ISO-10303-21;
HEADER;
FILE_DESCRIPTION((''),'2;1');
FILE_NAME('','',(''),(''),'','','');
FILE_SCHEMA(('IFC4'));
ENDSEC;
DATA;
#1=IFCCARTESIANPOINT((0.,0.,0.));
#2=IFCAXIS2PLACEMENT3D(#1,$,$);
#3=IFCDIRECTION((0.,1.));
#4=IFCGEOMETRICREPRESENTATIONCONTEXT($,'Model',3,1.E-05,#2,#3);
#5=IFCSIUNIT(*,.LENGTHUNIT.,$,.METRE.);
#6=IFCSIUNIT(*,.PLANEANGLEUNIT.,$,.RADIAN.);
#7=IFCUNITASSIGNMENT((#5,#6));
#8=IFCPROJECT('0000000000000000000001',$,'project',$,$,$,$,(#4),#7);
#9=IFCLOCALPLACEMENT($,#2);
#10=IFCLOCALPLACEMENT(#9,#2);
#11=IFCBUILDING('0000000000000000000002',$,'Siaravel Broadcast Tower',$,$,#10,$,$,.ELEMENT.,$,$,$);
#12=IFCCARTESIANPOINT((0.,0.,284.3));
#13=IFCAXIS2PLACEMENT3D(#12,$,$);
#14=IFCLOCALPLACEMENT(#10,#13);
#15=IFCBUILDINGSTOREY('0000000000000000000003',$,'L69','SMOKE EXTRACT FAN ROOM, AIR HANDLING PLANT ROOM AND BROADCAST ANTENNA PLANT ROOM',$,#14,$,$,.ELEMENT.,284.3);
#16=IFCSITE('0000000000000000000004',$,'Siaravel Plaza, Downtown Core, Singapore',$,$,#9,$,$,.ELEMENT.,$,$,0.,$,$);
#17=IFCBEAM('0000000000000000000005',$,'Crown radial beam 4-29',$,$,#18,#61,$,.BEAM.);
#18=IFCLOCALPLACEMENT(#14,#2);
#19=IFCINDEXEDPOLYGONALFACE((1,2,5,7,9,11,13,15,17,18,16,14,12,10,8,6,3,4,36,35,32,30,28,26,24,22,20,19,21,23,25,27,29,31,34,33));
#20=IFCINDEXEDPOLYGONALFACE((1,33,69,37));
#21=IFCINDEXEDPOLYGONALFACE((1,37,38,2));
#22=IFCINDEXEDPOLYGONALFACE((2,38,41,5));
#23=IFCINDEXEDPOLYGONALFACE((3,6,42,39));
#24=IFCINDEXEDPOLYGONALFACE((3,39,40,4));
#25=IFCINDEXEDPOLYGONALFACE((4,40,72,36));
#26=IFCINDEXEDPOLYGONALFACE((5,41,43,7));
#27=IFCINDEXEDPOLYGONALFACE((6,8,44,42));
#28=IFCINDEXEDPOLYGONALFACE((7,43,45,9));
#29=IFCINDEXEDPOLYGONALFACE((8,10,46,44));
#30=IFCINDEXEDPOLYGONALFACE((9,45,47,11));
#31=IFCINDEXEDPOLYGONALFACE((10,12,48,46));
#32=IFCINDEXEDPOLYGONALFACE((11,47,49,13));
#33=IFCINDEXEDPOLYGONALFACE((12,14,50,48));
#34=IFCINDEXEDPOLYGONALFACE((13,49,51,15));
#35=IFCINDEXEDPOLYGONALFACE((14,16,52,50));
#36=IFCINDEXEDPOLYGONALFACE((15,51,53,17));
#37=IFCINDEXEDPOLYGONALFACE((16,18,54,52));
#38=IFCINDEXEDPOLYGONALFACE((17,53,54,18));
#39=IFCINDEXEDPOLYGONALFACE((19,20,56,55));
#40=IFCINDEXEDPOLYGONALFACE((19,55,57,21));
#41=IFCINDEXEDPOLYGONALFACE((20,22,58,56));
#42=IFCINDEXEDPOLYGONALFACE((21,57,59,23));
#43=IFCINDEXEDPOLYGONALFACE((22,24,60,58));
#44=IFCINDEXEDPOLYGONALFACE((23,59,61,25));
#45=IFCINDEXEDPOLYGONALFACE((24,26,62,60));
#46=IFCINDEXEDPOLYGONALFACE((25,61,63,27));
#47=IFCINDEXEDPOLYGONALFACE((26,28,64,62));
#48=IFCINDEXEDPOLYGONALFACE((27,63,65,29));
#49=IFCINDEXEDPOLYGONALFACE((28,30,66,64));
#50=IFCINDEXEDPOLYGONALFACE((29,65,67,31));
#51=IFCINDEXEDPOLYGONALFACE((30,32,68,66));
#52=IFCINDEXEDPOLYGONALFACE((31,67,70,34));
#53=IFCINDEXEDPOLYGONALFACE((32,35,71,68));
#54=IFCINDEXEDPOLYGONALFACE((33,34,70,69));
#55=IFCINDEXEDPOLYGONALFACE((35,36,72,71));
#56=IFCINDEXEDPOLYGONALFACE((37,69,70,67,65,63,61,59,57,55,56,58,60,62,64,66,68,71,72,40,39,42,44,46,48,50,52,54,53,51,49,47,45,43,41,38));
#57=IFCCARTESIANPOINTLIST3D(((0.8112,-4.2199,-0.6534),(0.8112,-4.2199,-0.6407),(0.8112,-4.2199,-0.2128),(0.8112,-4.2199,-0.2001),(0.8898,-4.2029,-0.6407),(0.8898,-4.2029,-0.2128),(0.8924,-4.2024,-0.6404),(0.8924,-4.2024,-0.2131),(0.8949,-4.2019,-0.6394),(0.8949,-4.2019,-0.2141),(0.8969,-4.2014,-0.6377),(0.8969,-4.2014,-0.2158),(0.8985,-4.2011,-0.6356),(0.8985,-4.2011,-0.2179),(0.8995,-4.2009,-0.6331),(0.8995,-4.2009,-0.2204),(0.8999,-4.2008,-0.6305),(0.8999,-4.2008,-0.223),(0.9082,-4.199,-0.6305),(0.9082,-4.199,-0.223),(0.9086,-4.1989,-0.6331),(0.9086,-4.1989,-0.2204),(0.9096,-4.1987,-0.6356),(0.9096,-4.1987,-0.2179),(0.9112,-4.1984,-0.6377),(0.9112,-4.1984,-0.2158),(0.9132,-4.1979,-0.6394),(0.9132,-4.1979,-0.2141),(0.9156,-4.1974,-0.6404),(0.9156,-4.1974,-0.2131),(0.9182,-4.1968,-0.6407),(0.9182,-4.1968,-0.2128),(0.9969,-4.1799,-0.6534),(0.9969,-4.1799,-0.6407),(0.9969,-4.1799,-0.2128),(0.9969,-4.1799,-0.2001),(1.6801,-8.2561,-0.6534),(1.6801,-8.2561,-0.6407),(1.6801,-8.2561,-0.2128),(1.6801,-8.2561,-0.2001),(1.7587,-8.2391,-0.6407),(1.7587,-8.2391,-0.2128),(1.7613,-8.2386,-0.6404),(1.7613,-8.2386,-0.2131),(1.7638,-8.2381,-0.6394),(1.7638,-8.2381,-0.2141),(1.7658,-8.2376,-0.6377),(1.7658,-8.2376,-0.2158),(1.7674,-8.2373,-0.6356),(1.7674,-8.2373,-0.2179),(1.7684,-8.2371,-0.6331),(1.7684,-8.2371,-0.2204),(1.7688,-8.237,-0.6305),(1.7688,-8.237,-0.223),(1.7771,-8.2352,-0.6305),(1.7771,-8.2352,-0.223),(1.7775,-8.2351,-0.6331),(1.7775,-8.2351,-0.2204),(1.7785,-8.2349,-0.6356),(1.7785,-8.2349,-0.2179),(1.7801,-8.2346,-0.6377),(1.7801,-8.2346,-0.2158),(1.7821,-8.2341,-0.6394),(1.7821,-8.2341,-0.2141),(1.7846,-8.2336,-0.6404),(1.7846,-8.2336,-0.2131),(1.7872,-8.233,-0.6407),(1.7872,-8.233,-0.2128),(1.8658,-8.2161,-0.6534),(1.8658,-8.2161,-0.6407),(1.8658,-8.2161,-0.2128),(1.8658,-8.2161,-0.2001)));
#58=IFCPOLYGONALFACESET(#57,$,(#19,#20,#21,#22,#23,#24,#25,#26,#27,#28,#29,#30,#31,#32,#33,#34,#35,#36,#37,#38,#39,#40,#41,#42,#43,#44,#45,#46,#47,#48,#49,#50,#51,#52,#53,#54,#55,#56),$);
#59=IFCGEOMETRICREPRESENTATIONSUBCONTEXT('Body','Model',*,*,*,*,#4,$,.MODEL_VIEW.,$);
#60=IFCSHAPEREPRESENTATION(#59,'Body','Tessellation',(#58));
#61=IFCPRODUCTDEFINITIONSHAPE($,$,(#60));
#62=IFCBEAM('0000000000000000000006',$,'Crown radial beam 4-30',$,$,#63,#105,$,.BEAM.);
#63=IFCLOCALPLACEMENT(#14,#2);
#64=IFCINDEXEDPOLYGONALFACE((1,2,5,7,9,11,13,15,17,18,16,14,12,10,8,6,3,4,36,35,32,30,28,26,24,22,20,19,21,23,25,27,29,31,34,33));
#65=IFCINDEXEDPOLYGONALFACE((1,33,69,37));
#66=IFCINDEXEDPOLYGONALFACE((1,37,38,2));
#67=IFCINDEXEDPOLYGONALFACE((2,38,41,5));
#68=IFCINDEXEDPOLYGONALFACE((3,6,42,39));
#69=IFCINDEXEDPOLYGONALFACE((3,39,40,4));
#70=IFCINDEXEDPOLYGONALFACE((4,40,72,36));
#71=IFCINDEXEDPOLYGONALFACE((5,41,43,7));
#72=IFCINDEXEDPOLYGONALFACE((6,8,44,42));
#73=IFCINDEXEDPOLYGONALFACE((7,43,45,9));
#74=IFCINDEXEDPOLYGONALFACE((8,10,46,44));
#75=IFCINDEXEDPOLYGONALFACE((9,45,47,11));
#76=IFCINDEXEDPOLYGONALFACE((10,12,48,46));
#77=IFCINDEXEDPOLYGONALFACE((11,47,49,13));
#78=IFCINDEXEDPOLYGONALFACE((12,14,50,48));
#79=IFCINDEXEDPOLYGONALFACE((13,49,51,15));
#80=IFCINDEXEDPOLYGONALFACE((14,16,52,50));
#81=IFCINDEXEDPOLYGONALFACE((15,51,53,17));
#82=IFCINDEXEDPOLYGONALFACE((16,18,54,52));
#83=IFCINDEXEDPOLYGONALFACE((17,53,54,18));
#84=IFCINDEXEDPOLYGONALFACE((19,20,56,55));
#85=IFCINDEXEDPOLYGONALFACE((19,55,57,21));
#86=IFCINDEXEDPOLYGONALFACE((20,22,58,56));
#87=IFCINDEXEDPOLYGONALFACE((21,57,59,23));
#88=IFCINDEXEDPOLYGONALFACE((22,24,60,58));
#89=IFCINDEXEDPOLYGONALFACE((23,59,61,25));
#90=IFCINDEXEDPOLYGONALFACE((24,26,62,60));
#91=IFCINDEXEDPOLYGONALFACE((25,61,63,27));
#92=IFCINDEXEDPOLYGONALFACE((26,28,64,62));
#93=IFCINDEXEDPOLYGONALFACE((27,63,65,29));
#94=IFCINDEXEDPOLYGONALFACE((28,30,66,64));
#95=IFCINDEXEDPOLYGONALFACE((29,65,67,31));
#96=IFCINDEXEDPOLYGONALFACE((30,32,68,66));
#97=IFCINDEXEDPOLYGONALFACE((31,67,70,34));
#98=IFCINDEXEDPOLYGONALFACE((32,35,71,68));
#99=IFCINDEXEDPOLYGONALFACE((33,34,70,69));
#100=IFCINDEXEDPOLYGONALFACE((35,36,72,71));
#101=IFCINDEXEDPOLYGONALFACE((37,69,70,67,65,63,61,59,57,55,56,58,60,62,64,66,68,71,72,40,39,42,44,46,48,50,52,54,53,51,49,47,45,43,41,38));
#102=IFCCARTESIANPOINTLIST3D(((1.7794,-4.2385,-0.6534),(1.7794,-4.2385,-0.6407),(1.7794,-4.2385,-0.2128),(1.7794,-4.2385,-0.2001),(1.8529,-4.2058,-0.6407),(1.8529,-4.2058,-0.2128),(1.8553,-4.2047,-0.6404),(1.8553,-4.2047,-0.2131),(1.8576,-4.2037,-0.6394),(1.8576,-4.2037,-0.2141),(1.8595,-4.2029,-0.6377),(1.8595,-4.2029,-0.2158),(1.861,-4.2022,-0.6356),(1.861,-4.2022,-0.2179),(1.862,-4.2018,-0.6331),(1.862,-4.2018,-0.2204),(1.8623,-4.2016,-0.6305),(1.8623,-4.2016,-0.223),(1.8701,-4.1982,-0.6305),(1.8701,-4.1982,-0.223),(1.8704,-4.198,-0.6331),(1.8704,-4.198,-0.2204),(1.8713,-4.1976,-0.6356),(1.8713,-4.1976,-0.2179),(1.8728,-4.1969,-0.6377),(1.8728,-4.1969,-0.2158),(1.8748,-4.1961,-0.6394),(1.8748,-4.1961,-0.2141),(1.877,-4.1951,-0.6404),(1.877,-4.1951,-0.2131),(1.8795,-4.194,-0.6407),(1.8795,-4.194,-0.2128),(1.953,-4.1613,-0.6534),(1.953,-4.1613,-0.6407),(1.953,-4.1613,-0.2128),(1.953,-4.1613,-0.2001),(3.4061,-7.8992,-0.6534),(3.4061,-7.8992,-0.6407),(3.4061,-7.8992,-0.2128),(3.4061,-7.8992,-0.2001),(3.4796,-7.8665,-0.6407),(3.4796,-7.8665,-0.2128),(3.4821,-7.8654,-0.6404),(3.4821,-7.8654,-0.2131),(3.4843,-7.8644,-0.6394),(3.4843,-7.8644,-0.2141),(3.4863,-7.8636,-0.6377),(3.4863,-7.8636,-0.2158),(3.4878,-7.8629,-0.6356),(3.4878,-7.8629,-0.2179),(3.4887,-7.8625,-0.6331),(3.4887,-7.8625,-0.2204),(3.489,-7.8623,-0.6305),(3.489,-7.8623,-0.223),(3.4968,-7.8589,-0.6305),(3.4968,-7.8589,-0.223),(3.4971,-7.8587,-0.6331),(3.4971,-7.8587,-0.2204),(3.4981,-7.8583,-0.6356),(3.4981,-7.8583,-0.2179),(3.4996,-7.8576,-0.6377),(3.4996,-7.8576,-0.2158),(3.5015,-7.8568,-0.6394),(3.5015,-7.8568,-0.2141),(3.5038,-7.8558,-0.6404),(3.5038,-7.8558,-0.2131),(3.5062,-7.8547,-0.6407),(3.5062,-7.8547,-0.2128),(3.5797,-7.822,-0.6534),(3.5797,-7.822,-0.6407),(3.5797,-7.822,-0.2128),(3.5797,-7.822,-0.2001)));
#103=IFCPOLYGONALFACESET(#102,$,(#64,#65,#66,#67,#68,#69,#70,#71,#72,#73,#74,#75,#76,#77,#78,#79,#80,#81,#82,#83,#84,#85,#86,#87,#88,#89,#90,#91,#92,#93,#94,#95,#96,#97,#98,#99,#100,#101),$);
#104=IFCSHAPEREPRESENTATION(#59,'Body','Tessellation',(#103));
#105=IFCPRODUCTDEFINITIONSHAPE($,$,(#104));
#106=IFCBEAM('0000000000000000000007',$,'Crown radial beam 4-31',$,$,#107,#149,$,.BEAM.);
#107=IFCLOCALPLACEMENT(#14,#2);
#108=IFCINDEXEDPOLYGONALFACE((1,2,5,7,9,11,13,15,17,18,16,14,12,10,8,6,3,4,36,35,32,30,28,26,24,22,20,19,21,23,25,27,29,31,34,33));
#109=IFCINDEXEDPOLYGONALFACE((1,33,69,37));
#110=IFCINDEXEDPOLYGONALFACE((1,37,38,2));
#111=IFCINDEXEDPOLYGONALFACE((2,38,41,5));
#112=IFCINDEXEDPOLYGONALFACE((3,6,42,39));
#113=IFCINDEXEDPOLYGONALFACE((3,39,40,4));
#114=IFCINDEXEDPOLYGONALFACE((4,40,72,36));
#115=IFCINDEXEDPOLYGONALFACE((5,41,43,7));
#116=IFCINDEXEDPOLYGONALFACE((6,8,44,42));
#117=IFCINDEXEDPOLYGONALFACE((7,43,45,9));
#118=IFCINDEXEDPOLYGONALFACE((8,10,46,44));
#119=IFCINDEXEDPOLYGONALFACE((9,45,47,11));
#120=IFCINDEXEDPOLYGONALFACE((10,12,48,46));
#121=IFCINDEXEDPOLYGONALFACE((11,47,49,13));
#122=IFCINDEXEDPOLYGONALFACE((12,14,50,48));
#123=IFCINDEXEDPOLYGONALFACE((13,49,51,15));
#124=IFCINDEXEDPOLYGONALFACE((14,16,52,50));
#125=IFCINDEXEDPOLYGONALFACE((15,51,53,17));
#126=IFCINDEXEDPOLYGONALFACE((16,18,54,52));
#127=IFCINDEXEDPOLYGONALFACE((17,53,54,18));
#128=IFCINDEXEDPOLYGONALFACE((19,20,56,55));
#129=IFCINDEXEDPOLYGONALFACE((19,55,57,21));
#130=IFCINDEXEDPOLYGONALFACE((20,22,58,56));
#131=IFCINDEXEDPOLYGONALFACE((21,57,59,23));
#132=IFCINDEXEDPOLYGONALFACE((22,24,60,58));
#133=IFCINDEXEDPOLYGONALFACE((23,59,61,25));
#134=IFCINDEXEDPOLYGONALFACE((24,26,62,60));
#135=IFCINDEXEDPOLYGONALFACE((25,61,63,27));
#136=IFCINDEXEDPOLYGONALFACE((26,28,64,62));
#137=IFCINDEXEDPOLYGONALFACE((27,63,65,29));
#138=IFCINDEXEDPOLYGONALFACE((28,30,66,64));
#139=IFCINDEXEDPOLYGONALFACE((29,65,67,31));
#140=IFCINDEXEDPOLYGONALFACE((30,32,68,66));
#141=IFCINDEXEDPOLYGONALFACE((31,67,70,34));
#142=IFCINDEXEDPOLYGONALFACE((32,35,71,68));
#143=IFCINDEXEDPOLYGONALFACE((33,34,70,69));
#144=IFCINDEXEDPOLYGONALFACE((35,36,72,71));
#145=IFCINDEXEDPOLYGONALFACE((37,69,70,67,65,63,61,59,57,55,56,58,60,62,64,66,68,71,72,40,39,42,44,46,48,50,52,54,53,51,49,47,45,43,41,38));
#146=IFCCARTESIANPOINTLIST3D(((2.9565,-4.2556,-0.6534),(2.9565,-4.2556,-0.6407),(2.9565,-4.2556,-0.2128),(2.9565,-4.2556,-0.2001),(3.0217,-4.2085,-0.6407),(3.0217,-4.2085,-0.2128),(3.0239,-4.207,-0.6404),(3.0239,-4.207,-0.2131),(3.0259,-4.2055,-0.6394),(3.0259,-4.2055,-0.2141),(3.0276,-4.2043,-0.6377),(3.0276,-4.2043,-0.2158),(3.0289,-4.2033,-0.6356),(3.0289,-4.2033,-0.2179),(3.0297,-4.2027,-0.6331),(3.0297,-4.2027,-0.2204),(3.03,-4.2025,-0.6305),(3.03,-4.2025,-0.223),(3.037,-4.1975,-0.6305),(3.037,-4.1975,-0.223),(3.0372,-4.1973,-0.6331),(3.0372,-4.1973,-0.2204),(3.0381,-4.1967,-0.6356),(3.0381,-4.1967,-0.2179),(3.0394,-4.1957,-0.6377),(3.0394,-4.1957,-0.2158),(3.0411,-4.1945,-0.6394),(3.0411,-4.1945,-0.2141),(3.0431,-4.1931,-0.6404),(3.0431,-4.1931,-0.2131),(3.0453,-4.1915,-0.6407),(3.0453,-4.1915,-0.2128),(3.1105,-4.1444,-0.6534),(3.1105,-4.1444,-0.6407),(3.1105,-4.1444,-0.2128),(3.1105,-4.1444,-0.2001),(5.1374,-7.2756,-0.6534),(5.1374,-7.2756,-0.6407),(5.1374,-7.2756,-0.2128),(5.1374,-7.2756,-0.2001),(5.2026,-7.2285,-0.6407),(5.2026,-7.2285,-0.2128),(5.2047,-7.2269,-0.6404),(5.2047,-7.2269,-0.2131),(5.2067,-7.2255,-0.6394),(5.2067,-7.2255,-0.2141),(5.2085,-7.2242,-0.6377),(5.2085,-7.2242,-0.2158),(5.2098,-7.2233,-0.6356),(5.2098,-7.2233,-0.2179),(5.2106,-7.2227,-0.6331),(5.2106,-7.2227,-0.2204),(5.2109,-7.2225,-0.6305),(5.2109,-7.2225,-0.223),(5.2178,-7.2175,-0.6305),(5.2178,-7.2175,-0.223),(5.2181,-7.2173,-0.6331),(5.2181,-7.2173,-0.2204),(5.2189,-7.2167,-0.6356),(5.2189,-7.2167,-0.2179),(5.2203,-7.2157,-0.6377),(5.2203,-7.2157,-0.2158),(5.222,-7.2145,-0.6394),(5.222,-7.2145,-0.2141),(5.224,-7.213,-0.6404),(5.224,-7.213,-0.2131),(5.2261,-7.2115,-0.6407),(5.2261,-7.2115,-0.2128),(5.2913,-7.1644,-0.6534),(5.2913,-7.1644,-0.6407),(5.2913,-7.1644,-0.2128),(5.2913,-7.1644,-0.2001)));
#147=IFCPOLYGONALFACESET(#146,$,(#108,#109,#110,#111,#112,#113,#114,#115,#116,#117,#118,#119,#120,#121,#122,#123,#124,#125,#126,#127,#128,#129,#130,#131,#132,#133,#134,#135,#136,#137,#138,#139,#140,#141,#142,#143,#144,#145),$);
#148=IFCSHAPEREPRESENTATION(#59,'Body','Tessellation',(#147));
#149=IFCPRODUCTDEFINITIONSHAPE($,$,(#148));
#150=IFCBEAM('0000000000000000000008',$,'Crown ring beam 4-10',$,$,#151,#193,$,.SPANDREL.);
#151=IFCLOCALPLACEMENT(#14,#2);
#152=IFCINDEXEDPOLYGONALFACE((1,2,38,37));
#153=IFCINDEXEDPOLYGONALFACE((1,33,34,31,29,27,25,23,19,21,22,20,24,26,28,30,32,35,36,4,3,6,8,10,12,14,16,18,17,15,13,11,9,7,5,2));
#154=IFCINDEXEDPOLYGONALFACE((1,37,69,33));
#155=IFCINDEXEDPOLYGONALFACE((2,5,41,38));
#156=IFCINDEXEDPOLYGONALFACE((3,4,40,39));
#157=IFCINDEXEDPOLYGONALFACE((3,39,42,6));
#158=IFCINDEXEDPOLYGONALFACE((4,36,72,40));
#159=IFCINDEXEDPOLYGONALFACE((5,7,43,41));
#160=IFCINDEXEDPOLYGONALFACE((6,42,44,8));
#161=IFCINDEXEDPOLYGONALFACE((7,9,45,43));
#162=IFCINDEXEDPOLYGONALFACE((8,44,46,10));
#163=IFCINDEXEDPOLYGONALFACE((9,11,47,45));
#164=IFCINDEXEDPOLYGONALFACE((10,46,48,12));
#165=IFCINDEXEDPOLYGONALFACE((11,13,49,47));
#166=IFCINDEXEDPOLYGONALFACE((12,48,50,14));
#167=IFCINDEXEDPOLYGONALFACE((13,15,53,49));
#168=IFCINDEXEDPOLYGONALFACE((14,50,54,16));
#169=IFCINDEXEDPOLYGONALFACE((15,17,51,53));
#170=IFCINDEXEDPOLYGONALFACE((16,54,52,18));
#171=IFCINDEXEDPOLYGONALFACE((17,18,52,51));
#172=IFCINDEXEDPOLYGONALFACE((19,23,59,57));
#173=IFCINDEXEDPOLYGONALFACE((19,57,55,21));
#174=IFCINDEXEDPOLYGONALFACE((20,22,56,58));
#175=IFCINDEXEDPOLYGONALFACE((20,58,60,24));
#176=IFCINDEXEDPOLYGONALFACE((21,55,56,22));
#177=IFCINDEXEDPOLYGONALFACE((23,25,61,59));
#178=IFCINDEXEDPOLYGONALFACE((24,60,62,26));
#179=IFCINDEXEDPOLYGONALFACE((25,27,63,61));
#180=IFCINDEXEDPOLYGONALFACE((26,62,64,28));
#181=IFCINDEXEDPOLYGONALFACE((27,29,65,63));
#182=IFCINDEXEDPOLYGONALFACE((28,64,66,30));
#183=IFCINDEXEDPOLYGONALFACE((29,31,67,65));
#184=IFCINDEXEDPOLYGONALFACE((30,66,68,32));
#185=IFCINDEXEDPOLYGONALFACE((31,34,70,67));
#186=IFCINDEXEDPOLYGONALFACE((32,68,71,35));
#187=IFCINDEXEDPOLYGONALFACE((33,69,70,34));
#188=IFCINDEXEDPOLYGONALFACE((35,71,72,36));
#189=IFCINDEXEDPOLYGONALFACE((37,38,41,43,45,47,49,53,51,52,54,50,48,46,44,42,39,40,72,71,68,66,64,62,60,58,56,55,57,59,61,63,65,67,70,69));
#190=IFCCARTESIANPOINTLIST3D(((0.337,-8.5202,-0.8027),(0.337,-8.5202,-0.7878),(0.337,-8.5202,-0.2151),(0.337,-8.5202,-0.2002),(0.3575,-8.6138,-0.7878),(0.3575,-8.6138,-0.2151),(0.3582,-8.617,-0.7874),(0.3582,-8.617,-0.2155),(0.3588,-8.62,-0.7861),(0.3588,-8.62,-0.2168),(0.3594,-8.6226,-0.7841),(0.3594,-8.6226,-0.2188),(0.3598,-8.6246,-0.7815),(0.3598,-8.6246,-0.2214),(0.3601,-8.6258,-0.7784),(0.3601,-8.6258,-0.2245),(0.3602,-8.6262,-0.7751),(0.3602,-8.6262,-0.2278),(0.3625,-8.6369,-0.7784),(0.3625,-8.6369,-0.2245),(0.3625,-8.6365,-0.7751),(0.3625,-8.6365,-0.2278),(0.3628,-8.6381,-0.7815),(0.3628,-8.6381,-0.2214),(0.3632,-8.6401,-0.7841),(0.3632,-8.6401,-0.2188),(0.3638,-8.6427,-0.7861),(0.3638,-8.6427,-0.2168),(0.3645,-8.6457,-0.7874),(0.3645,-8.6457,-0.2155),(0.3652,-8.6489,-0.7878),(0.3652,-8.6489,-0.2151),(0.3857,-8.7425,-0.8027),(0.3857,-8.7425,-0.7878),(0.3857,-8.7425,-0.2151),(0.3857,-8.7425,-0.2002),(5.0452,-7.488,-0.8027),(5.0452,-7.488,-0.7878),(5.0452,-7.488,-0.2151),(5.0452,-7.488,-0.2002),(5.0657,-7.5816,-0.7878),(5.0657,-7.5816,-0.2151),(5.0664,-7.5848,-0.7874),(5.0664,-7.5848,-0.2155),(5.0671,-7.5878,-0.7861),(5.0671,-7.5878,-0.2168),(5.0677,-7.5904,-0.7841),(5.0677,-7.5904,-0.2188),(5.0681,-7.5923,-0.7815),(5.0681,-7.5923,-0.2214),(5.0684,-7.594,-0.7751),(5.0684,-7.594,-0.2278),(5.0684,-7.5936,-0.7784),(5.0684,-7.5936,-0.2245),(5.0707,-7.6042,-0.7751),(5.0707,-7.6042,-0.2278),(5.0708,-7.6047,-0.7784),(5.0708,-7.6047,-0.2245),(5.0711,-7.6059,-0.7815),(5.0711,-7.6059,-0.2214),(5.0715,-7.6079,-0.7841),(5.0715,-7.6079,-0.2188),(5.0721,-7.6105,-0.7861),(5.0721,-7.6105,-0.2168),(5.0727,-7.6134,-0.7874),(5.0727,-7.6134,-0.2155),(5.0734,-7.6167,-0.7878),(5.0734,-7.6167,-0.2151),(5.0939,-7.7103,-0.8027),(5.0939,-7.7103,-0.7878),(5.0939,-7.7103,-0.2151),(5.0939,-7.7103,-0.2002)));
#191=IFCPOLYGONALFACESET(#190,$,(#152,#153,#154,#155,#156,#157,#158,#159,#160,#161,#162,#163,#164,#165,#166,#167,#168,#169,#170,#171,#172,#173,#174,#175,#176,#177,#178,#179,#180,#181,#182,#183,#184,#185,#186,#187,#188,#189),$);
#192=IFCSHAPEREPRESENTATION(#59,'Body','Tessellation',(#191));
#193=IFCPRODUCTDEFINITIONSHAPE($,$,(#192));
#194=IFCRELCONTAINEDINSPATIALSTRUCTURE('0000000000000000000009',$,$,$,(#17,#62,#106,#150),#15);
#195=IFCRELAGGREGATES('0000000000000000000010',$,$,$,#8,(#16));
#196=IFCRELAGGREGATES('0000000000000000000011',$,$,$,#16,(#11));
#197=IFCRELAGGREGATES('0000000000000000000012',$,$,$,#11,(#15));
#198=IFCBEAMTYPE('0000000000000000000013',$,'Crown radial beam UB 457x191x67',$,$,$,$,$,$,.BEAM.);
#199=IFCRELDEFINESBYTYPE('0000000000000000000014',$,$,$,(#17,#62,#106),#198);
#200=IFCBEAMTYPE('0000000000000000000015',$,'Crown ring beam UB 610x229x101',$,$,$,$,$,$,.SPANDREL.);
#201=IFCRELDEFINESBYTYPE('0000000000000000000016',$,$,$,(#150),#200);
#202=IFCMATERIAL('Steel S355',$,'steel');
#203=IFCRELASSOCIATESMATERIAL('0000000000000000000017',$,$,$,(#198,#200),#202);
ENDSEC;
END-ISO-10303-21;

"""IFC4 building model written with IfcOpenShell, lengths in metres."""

from ifc_helpers import new_model, si_unit, direction, frame, origin, origin_2d, place, context, subcontext, project, spatial, i_section, extrude, material, material_profile, profile_set, type_object, element, save


model = new_model("IFC4")

# Units and contexts
model_context = context("Model", 3, precision=1e-05, world=origin(), true_north=direction((0.0, 1.0)))
body_context = subcontext(model_context, "Body", "Model", "MODEL_VIEW")
ifc_project = project(units=[si_unit("LENGTHUNIT", "METRE"), si_unit("PLANEANGLEUNIT", "RADIAN")], contexts=[model_context])

# Site, building, storey
site_placement = place(None, origin())
site = spatial("IfcSite", under=ifc_project, at=site_placement, Name="Siaravel Plaza, Downtown Core, Singapore", CompositionType="ELEMENT", RefElevation=0.0)
building_placement = place(site_placement, origin())
building = spatial("IfcBuilding", under=site, at=building_placement, Name="Siaravel Broadcast Tower", CompositionType="ELEMENT")
storey_placement = place(building_placement, frame((0.0, 0.0, 284.3)))
storey = spatial("IfcBuildingStorey", under=building, at=storey_placement, Name="L69", Description="SMOKE EXTRACT FAN ROOM, AIR HANDLING PLANT ROOM AND BROADCAST ANTENNA PLANT ROOM", CompositionType="ELEMENT", Elevation=284.3)

# Beams
ifc_material_1 = material(Name="Steel S355", Category="steel")
ifc_material_profile_1 = material_profile(ifc_material_1, i_section(OverallWidth=0.1899, OverallDepth=0.4534, WebThickness=0.0085, FlangeThickness=0.0127, FilletRadius=0.0103, at=origin_2d()))
ifc_profile_set_1 = profile_set([ifc_material_profile_1], Name="Steel S355")
beam_type_1 = type_object("IfcBeamType", Name="Crown radial beam UB 457x191x67", PredefinedType="BEAM", material=ifc_profile_set_1)
beam_1_placement = place(storey_placement, frame((1.7729, -8.2361, -0.4268), z_axis=(-0.210458, 0.977603, 0.0), x_axis=(-0.977603, -0.210458, 0.0)))
element("IfcBeam", 1, at=beam_1_placement, inside=storey, type_object=beam_type_1, Name="Crown radial beam 4-29", PredefinedType="BEAM", context=body_context, shape_type="SweptSolid", body=[
    extrude(i_section(OverallWidth=0.1899, OverallDepth=0.4534, WebThickness=0.0085, FlangeThickness=0.0127, FilletRadius=0.0103, at=origin_2d()), origin(), (0.0, 0.0, 1.0), 4.1287),
])
beam_2_placement = place(storey_placement, frame((3.4929, -7.8606, -0.4268), z_axis=(-0.406088, 0.913834, 0.0), x_axis=(-0.913834, -0.406088, 0.0)))
element("IfcBeam", 2, at=beam_2_placement, inside=storey, type_object=beam_type_1, Name="Crown radial beam 4-30", PredefinedType="BEAM", context=body_context, shape_type="SweptSolid", body=[
    extrude(i_section(OverallWidth=0.1899, OverallDepth=0.4534, WebThickness=0.0085, FlangeThickness=0.0127, FilletRadius=0.0103, at=origin_2d()), origin(), (0.0, 0.0, 1.0), 4.0059),
])
beam_3_placement = place(storey_placement, frame((5.2144, -7.22, -0.4268), z_axis=(-0.585452, 0.810707, 0.0), x_axis=(-0.810707, -0.585452, 0.0)))
element("IfcBeam", 3, at=beam_3_placement, inside=storey, type_object=beam_type_1, Name="Crown radial beam 4-31", PredefinedType="BEAM", context=body_context, shape_type="SweptSolid", body=[
    extrude(i_section(OverallWidth=0.1899, OverallDepth=0.4534, WebThickness=0.0085, FlangeThickness=0.0127, FilletRadius=0.0103, at=origin_2d()), origin(), (0.0, 0.0, 1.0), 3.7251),
])
ifc_material_profile_2 = material_profile(ifc_material_1, i_section(OverallWidth=0.2275, OverallDepth=0.6025, WebThickness=0.0105, FlangeThickness=0.0149, FilletRadius=0.0127, at=origin_2d()))
ifc_profile_set_2 = profile_set([ifc_material_profile_2], Name="Steel S355")
beam_type_2 = type_object("IfcBeamType", Name="Crown ring beam UB 610x229x101", PredefinedType="SPANDREL", material=ifc_profile_set_2)
beam_4_placement = place(storey_placement, frame((0.3613, -8.6313, -0.5015), z_axis=(0.9768, 0.214152, 0.0), x_axis=(-0.214152, 0.9768, 0.0)))
element("IfcBeam", 4, at=beam_4_placement, inside=storey, type_object=beam_type_2, Name="Crown ring beam 4-10", PredefinedType="SPANDREL", context=body_context, shape_type="SweptSolid", body=[
    extrude(i_section(OverallWidth=0.2275, OverallDepth=0.6025, WebThickness=0.0105, FlangeThickness=0.0149, FilletRadius=0.0127, at=origin_2d()), origin(), (0.0, 0.0, 1.0), 4.8201),
])

save(model, "model.ifc")
